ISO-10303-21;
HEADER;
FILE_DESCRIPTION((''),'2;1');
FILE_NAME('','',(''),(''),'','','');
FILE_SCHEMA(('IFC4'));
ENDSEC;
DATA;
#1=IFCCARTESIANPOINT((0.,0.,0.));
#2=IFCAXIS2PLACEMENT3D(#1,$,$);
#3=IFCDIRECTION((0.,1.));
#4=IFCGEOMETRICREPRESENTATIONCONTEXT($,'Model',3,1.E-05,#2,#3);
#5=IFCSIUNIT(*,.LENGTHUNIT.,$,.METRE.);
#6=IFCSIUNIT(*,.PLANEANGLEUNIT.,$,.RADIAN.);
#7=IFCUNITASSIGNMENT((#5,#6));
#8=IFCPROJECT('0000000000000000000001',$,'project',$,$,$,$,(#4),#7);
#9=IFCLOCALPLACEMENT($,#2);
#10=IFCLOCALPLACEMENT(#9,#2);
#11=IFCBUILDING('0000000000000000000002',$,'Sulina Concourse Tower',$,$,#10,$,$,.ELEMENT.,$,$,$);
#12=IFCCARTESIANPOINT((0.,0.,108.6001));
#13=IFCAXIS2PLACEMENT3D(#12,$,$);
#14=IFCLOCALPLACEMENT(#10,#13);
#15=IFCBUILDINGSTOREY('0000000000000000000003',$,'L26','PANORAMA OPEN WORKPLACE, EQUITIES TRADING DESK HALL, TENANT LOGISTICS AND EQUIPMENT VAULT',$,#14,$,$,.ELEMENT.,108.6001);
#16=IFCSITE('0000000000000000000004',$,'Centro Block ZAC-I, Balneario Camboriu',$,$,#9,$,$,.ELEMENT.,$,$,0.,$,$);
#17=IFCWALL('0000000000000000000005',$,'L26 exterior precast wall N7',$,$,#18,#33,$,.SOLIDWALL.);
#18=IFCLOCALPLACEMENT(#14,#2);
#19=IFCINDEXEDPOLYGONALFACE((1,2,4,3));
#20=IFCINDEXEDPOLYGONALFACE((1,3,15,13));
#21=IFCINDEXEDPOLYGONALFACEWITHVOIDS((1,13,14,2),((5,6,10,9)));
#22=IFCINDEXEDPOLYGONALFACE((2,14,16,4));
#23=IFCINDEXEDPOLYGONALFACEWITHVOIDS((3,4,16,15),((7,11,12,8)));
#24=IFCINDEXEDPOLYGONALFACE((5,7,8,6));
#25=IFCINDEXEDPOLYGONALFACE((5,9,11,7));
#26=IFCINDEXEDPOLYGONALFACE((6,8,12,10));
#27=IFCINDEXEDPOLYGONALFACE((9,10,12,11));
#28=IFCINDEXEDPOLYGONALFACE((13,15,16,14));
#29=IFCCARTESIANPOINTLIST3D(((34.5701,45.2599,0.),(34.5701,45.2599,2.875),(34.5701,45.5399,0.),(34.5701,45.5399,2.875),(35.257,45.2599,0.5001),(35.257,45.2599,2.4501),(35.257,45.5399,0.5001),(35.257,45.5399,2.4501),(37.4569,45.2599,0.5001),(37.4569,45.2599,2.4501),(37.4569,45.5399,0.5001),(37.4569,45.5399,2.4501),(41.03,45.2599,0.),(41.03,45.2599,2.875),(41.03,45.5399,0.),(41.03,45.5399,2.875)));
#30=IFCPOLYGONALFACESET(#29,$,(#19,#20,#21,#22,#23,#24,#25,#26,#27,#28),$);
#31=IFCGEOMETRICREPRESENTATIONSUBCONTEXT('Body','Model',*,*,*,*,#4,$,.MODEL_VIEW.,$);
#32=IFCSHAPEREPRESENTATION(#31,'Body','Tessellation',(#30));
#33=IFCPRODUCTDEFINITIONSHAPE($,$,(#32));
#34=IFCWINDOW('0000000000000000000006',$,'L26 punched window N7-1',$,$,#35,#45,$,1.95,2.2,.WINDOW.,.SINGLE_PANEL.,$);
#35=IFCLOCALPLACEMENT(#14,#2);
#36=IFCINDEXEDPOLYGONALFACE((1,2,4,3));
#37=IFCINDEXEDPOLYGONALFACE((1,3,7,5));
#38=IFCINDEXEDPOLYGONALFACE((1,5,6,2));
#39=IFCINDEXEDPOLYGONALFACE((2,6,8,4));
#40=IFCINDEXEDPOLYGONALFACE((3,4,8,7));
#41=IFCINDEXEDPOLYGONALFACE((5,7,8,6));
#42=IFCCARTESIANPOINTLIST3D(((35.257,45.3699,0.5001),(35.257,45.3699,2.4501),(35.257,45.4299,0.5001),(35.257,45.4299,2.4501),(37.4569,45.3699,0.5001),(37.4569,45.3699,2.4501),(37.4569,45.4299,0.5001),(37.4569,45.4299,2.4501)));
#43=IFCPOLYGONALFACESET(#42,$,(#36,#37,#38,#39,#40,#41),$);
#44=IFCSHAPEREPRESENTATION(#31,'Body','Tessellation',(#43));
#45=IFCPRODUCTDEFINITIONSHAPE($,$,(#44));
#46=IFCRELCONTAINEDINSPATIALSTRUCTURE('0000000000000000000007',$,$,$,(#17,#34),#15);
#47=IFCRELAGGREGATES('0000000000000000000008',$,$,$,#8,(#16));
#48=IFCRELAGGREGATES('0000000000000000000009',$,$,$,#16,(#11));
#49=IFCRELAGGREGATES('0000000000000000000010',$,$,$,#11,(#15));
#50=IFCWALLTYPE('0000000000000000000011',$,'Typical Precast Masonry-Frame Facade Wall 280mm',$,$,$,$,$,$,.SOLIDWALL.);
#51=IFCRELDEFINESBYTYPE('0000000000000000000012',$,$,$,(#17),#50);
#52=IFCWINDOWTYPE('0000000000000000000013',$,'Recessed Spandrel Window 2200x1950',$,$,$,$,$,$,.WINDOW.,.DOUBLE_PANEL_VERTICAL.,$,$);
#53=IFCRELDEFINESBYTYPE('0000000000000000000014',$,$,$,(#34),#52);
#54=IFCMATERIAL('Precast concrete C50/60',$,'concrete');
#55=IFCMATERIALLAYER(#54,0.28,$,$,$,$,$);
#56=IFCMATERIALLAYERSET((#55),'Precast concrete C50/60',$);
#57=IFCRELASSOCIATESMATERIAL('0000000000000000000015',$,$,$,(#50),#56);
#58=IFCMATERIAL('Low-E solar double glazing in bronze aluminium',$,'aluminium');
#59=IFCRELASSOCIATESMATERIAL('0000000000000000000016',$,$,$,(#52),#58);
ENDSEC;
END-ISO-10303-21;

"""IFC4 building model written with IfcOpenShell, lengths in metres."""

from ifc_helpers import new_model, si_unit, direction, frame, frame_2d, origin, place, context, subcontext, project, spatial, rectangle, extrude, material, layer, layer_set, type_object, element, fill, save


model = new_model("IFC4")

# Units and contexts
model_context = context("Model", 3, precision=1e-05, world=origin(), true_north=direction((0.0, 1.0)))
body_context = subcontext(model_context, "Body", "Model", "MODEL_VIEW")
ifc_project = project(units=[si_unit("LENGTHUNIT", "METRE"), si_unit("PLANEANGLEUNIT", "RADIAN")], contexts=[model_context])

# Site, building, storey
site_placement = place(None, origin())
site = spatial("IfcSite", under=ifc_project, at=site_placement, Name="Centro Block ZAC-I, Balneario Camboriu", CompositionType="ELEMENT", RefElevation=0.0)
building_placement = place(site_placement, origin())
building = spatial("IfcBuilding", under=site, at=building_placement, Name="Sulina Concourse Tower", CompositionType="ELEMENT")
storey_placement = place(building_placement, frame((0.0, 0.0, 108.6001)))
storey = spatial("IfcBuildingStorey", under=building, at=storey_placement, Name="L26", Description="PANORAMA OPEN WORKPLACE, EQUITIES TRADING DESK HALL, TENANT LOGISTICS AND EQUIPMENT VAULT", CompositionType="ELEMENT", Elevation=108.6001)

# Shared definitions
ifc_material_1 = material(Name="Precast concrete C50/60", Category="concrete")
ifc_layer_1 = layer(ifc_material_1, 0.28)
ifc_layer_set_1 = layer_set([ifc_layer_1], Name="Precast concrete C50/60")
wall_type_1 = type_object("IfcWallType", Name="Typical Precast Masonry-Frame Facade Wall 280mm", PredefinedType="SOLIDWALL", material=ifc_layer_set_1)
ifc_material_2 = material(Name="Low-E solar double glazing in bronze aluminium", Category="aluminium")
window_type = type_object("IfcWindowType", Name="Recessed Spandrel Window 2200x1950", PartitioningType="DOUBLE_PANEL_VERTICAL", PredefinedType="WINDOW", material=ifc_material_2)

# Wall, opening, window
wall_1_placement = place(storey_placement, frame((34.5701, 45.3999, 0.0), z_axis=(0.0, 0.0, 1.0), x_axis=(1.0, 0.0, 0.0)))
wall_1 = element("IfcWall", 1, at=wall_1_placement, inside=storey, type_object=wall_type_1, Name="L26 exterior precast wall N7", PredefinedType="SOLIDWALL", context=body_context, shape_type="SweptSolid", body=[
    extrude(rectangle(XDim=6.46, YDim=0.28, at=frame_2d((3.23, 0.0))), origin(), (0.0, 0.0, 1.0), 2.875),
])
opening_1_placement = place(wall_1_placement, frame((0.6868, 0.0, 0.5)))
opening_1 = element("IfcOpeningElement", 2, at=opening_1_placement, cuts=wall_1, PredefinedType="OPENING", context=body_context, shape_type="SweptSolid", body=[
    extrude(rectangle(XDim=2.2, YDim=1.95, at=frame_2d((1.1001, 0.9751))), frame((0.0, 0.1499, 0.0), z_axis=(0.0, -1.0, 0.0), x_axis=(1.0, 0.0, 0.0)), (0.0, 0.0, 1.0), 0.3),
])
window_1_placement = place(opening_1_placement, origin())
window_1 = element("IfcWindow", 3, at=window_1_placement, inside=storey, type_object=window_type, Name="L26 punched window N7-1", OverallHeight=1.95, OverallWidth=2.2, PartitioningType="SINGLE_PANEL", PredefinedType="WINDOW", context=body_context, shape_type="SweptSolid", body=[
    extrude(rectangle(XDim=2.2, YDim=1.95, at=frame_2d((1.1001, 0.9751))), frame((0.0, 0.03, 0.0), z_axis=(0.0, -1.0, 0.0), x_axis=(1.0, 0.0, 0.0)), (0.0, 0.0, 1.0), 0.0601),
])
fill(opening_1, window_1)

save(model, "model.ifc")
